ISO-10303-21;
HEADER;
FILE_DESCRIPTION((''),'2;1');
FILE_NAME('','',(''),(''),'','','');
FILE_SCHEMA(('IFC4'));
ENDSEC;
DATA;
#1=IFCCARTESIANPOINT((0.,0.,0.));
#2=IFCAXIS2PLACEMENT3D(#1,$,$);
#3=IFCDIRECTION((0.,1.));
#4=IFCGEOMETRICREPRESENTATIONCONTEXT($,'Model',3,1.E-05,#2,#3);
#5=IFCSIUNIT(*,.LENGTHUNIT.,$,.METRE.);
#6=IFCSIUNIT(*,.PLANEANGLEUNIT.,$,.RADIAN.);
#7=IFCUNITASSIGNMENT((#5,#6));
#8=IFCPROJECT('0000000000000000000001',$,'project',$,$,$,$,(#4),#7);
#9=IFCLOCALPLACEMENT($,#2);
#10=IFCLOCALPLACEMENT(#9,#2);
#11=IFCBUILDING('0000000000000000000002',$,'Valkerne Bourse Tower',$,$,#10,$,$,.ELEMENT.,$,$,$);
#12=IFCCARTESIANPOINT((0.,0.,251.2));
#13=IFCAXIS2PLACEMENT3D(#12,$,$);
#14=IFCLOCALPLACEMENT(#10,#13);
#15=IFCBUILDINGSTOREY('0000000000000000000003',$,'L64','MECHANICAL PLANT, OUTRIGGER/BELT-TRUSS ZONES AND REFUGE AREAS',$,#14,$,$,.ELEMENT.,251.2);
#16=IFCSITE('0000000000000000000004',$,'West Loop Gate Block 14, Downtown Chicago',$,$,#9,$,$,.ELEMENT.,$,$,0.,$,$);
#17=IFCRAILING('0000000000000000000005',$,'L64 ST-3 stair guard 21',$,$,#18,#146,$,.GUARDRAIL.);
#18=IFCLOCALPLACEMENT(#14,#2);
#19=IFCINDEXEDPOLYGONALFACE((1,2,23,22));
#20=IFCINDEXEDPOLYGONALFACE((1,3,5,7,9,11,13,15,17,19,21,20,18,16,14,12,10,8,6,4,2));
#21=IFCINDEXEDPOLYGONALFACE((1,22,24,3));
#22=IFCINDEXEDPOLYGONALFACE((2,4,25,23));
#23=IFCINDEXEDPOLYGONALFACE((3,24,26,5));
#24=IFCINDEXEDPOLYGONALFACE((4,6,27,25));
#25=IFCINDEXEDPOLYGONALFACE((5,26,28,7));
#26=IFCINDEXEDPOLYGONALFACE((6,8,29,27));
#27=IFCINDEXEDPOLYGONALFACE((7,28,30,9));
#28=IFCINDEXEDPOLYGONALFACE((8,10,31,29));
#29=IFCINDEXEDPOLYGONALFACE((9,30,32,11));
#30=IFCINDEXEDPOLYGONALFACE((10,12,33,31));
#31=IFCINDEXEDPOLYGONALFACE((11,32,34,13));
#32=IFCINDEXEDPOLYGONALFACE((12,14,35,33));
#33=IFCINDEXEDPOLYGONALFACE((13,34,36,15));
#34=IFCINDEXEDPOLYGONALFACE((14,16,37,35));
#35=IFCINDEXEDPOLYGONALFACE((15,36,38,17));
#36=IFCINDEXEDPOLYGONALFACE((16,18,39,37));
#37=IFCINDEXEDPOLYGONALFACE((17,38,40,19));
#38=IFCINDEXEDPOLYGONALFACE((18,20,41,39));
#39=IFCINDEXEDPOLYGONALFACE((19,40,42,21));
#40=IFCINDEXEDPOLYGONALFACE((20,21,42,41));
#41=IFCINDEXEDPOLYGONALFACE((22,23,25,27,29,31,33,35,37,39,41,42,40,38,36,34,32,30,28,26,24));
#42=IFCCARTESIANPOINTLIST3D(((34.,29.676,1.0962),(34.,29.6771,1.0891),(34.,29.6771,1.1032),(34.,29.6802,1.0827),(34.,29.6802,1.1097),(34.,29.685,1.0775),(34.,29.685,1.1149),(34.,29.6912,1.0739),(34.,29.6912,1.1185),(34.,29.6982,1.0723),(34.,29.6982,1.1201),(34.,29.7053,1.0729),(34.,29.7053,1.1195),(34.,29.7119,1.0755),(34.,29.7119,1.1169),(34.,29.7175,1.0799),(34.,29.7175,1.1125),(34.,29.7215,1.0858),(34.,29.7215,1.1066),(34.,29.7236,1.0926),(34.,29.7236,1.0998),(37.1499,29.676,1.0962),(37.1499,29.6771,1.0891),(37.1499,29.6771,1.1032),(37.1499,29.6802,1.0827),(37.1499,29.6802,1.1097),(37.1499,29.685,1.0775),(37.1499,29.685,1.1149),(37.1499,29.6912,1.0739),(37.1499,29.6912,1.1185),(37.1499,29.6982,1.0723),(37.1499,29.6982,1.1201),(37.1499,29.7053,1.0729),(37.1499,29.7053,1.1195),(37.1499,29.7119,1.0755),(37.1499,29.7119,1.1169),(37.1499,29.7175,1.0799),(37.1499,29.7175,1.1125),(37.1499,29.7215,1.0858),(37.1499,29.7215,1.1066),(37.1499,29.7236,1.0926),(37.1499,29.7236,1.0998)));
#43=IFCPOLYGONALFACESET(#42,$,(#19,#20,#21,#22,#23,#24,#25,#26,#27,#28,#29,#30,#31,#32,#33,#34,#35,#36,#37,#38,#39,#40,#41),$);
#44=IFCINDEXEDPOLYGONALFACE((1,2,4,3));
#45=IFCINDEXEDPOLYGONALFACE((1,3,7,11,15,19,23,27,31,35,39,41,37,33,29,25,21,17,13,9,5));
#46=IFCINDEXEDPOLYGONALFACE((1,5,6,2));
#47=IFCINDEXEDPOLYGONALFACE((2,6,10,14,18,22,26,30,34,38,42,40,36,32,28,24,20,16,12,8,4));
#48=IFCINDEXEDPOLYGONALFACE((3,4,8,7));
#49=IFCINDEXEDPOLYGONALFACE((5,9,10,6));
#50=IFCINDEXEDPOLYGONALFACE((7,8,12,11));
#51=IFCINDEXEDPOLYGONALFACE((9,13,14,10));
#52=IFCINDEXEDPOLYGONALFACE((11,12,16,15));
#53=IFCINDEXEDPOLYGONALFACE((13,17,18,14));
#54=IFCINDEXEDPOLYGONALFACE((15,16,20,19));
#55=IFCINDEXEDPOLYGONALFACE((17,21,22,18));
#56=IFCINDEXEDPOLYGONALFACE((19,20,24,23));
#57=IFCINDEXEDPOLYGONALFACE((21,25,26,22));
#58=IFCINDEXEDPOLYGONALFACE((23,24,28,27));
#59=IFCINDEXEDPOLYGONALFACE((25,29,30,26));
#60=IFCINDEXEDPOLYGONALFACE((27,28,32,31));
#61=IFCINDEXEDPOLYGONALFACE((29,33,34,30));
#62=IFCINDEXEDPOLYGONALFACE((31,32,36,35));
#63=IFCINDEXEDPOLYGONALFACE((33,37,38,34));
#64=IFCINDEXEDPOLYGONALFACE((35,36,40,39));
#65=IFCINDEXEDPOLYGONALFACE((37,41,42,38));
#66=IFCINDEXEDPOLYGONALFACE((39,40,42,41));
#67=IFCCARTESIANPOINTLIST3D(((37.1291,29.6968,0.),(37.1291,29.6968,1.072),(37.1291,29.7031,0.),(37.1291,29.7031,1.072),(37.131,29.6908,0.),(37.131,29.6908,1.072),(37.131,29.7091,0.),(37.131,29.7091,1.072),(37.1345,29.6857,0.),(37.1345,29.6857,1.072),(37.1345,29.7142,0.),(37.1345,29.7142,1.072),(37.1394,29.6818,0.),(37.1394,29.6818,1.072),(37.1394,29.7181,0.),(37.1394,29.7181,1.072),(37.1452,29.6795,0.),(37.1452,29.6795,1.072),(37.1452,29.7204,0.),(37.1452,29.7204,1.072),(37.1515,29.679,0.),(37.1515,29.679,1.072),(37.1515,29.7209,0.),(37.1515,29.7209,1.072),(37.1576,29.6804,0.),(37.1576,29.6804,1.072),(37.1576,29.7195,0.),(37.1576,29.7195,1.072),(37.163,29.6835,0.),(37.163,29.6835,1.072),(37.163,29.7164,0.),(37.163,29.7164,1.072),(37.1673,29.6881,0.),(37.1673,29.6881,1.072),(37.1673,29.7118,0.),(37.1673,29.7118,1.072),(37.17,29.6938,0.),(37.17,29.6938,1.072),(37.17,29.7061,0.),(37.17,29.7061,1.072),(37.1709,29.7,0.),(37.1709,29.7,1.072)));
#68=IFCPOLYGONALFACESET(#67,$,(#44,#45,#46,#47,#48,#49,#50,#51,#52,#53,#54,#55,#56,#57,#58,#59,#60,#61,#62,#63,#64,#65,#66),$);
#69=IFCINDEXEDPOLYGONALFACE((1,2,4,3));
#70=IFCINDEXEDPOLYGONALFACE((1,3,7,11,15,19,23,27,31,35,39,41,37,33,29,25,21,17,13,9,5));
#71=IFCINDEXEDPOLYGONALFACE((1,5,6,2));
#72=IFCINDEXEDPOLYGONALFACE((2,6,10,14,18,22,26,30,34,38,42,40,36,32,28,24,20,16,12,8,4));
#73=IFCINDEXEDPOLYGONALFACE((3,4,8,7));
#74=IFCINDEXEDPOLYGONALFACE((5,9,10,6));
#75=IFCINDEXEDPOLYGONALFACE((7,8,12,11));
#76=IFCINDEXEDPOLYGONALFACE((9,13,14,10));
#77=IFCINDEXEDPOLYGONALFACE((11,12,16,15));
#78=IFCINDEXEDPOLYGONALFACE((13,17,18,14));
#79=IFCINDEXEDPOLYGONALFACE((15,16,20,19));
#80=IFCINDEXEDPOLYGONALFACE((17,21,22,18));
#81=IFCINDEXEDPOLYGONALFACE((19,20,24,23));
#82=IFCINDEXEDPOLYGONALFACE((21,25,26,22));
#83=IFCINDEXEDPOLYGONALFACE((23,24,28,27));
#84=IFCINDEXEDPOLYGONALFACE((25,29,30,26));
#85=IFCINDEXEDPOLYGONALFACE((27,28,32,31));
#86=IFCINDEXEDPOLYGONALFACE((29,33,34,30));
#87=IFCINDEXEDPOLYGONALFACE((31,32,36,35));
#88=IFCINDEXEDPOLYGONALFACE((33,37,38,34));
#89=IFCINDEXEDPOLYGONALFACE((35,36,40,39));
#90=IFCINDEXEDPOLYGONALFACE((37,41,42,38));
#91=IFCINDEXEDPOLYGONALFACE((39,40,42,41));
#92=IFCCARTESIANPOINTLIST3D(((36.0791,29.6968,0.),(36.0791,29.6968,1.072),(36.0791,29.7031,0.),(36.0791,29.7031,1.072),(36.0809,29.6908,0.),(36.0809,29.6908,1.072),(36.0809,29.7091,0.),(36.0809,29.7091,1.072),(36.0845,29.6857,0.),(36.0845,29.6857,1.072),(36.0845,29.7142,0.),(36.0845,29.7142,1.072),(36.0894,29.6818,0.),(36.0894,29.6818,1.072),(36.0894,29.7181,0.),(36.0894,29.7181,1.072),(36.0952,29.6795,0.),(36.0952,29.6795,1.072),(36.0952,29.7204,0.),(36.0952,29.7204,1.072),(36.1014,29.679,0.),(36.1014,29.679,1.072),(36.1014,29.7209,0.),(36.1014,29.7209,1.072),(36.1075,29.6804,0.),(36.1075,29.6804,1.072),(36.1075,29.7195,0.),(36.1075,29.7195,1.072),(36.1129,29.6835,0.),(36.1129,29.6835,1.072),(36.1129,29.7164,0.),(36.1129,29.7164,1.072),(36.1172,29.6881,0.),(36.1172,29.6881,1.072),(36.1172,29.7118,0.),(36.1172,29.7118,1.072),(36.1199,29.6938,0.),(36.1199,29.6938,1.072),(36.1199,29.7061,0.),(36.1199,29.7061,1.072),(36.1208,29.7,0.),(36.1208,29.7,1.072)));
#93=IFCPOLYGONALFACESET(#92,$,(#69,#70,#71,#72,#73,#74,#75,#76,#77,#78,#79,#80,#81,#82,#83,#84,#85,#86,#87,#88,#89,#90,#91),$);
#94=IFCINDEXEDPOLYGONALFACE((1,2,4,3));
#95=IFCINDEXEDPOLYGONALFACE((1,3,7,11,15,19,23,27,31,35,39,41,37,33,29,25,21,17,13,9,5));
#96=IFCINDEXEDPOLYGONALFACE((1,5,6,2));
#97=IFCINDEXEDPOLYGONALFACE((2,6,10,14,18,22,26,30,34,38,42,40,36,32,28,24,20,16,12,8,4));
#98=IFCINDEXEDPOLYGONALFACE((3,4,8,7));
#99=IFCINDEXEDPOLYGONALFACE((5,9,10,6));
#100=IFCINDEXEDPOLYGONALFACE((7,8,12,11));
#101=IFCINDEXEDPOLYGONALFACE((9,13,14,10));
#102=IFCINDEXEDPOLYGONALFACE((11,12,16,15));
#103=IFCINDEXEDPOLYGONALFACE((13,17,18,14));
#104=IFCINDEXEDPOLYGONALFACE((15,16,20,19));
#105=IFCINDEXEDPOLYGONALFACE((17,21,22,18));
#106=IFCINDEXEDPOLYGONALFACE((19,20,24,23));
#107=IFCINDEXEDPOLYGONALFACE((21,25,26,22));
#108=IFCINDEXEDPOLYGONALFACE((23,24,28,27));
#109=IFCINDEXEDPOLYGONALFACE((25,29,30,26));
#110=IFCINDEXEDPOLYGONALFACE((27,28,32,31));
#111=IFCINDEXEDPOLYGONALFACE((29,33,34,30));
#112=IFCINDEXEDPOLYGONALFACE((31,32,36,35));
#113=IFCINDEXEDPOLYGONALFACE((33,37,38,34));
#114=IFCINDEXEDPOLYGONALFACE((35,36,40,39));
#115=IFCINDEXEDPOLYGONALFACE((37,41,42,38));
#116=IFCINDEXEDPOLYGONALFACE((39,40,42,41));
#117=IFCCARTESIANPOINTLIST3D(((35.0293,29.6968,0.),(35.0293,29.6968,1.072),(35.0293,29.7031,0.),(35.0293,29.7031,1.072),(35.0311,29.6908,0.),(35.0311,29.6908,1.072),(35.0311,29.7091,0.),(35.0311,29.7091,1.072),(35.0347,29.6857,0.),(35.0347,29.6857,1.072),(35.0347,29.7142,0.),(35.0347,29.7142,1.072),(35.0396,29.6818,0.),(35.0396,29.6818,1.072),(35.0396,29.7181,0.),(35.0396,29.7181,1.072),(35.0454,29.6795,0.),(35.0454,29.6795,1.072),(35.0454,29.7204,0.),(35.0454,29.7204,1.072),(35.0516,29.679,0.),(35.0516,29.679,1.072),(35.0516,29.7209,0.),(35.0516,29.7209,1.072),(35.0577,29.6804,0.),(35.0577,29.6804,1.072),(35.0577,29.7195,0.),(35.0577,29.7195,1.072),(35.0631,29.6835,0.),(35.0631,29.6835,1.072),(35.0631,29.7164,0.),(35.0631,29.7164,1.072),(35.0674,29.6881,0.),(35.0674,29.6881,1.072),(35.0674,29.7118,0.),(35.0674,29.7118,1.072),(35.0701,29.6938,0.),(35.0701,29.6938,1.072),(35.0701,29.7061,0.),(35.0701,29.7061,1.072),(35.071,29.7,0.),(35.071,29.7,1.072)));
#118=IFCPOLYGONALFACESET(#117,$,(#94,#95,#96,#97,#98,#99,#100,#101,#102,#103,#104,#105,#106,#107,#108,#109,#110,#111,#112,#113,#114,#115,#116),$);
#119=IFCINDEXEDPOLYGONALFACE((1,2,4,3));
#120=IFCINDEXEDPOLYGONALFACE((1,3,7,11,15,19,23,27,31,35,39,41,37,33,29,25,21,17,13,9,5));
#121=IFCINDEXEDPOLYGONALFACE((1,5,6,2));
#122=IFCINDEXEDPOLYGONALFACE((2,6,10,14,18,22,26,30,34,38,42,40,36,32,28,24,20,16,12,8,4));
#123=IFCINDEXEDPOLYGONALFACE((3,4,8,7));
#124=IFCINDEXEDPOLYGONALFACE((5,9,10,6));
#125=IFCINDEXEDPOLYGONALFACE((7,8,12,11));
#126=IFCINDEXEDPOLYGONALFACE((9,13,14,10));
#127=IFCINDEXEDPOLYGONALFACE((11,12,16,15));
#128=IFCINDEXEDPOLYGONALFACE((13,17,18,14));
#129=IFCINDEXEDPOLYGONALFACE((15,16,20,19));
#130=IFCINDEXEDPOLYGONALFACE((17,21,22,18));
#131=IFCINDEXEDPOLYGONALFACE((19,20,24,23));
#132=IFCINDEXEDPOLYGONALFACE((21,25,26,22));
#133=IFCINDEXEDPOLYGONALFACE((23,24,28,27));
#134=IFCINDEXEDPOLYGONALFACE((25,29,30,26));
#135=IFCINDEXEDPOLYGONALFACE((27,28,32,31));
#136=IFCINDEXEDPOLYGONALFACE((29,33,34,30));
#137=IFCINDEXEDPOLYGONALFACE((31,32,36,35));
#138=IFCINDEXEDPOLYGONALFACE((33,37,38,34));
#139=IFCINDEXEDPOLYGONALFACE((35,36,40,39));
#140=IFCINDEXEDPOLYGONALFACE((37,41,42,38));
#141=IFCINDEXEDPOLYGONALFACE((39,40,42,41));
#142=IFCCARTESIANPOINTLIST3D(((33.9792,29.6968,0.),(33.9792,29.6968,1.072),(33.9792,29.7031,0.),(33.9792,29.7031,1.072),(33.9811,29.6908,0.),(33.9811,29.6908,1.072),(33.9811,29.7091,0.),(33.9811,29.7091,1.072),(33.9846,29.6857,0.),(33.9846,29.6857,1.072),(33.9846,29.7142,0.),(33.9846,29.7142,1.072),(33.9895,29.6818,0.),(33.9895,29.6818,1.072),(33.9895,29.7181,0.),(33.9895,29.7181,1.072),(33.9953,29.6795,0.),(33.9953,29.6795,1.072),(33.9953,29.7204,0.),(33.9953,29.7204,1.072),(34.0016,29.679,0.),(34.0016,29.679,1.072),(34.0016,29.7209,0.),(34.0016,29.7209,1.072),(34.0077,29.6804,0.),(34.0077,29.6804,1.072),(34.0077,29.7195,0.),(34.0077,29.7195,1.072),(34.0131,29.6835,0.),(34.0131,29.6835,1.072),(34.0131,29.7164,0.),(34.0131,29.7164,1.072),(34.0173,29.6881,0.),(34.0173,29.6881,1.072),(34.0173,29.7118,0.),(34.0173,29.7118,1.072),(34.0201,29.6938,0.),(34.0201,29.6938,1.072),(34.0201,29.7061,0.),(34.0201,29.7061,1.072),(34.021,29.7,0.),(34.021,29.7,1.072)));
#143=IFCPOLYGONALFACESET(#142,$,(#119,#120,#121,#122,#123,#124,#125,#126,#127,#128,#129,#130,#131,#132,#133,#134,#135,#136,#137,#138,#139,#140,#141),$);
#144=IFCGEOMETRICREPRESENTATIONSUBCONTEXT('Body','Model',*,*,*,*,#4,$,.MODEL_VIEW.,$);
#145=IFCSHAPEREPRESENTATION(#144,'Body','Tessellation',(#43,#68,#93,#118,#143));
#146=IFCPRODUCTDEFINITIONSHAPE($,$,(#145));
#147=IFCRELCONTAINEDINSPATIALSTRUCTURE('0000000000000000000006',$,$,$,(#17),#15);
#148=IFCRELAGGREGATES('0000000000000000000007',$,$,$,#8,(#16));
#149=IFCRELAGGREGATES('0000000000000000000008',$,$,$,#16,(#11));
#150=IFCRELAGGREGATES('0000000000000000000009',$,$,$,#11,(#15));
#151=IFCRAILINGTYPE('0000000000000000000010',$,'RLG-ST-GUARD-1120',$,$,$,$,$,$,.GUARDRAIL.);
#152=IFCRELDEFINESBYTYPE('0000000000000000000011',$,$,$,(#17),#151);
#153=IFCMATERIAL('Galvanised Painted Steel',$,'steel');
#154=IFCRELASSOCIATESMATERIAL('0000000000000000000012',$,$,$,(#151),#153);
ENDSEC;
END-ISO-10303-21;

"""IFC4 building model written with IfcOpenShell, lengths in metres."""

from ifc_helpers import new_model, si_unit, direction, frame, origin, origin_2d, place, context, subcontext, project, spatial, circle, extrude, material, type_object, element, save


model = new_model("IFC4")

# Units and contexts
model_context = context("Model", 3, precision=1e-05, world=origin(), true_north=direction((0.0, 1.0)))
body_context = subcontext(model_context, "Body", "Model", "MODEL_VIEW")
ifc_project = project(units=[si_unit("LENGTHUNIT", "METRE"), si_unit("PLANEANGLEUNIT", "RADIAN")], contexts=[model_context])

# Site, building, storey
site_placement = place(None, origin())
site = spatial("IfcSite", under=ifc_project, at=site_placement, Name="West Loop Gate Block 14, Downtown Chicago", CompositionType="ELEMENT", RefElevation=0.0)
building_placement = place(site_placement, origin())
building = spatial("IfcBuilding", under=site, at=building_placement, Name="Valkerne Bourse Tower", CompositionType="ELEMENT")
storey_placement = place(building_placement, frame((0.0, 0.0, 251.2)))
storey = spatial("IfcBuildingStorey", under=building, at=storey_placement, Name="L64", Description="MECHANICAL PLANT, OUTRIGGER/BELT-TRUSS ZONES AND REFUGE AREAS", CompositionType="ELEMENT", Elevation=251.2)

# Railing
ifc_material_1 = material(Name="Galvanised Painted Steel", Category="steel")
railing_type = type_object("IfcRailingType", Name="RLG-ST-GUARD-1120", PredefinedType="GUARDRAIL", material=ifc_material_1)
railing_placement = place(storey_placement, frame((37.1499, 29.7, 0.0)))
element("IfcRailing", 1, at=railing_placement, inside=storey, type_object=railing_type, Name="L64 ST-3 stair guard 21", PredefinedType="GUARDRAIL", context=body_context, shape_type="SweptSolid", body=[
    extrude(circle(Radius=0.0239, at=origin_2d()), frame((0.0, 0.0, 1.0962), z_axis=(-1.0, 0.0, 0.0), x_axis=(0.0, -1.0, 0.0)), (0.0, 0.0, 1.0), 3.1499),
    extrude(circle(Radius=0.021, at=origin_2d()), origin(), (0.0, 0.0, 1.0), 1.072),
    extrude(circle(Radius=0.021, at=origin_2d()), frame((-1.05, 0.0, 0.0)), (0.0, 0.0, 1.0), 1.072),
    extrude(circle(Radius=0.021, at=origin_2d()), frame((-2.0999, 0.0, 0.0)), (0.0, 0.0, 1.0), 1.072),
    extrude(circle(Radius=0.021, at=origin_2d()), frame((-3.1499, 0.0, 0.0)), (0.0, 0.0, 1.0), 1.072),
])

save(model, "model.ifc")
